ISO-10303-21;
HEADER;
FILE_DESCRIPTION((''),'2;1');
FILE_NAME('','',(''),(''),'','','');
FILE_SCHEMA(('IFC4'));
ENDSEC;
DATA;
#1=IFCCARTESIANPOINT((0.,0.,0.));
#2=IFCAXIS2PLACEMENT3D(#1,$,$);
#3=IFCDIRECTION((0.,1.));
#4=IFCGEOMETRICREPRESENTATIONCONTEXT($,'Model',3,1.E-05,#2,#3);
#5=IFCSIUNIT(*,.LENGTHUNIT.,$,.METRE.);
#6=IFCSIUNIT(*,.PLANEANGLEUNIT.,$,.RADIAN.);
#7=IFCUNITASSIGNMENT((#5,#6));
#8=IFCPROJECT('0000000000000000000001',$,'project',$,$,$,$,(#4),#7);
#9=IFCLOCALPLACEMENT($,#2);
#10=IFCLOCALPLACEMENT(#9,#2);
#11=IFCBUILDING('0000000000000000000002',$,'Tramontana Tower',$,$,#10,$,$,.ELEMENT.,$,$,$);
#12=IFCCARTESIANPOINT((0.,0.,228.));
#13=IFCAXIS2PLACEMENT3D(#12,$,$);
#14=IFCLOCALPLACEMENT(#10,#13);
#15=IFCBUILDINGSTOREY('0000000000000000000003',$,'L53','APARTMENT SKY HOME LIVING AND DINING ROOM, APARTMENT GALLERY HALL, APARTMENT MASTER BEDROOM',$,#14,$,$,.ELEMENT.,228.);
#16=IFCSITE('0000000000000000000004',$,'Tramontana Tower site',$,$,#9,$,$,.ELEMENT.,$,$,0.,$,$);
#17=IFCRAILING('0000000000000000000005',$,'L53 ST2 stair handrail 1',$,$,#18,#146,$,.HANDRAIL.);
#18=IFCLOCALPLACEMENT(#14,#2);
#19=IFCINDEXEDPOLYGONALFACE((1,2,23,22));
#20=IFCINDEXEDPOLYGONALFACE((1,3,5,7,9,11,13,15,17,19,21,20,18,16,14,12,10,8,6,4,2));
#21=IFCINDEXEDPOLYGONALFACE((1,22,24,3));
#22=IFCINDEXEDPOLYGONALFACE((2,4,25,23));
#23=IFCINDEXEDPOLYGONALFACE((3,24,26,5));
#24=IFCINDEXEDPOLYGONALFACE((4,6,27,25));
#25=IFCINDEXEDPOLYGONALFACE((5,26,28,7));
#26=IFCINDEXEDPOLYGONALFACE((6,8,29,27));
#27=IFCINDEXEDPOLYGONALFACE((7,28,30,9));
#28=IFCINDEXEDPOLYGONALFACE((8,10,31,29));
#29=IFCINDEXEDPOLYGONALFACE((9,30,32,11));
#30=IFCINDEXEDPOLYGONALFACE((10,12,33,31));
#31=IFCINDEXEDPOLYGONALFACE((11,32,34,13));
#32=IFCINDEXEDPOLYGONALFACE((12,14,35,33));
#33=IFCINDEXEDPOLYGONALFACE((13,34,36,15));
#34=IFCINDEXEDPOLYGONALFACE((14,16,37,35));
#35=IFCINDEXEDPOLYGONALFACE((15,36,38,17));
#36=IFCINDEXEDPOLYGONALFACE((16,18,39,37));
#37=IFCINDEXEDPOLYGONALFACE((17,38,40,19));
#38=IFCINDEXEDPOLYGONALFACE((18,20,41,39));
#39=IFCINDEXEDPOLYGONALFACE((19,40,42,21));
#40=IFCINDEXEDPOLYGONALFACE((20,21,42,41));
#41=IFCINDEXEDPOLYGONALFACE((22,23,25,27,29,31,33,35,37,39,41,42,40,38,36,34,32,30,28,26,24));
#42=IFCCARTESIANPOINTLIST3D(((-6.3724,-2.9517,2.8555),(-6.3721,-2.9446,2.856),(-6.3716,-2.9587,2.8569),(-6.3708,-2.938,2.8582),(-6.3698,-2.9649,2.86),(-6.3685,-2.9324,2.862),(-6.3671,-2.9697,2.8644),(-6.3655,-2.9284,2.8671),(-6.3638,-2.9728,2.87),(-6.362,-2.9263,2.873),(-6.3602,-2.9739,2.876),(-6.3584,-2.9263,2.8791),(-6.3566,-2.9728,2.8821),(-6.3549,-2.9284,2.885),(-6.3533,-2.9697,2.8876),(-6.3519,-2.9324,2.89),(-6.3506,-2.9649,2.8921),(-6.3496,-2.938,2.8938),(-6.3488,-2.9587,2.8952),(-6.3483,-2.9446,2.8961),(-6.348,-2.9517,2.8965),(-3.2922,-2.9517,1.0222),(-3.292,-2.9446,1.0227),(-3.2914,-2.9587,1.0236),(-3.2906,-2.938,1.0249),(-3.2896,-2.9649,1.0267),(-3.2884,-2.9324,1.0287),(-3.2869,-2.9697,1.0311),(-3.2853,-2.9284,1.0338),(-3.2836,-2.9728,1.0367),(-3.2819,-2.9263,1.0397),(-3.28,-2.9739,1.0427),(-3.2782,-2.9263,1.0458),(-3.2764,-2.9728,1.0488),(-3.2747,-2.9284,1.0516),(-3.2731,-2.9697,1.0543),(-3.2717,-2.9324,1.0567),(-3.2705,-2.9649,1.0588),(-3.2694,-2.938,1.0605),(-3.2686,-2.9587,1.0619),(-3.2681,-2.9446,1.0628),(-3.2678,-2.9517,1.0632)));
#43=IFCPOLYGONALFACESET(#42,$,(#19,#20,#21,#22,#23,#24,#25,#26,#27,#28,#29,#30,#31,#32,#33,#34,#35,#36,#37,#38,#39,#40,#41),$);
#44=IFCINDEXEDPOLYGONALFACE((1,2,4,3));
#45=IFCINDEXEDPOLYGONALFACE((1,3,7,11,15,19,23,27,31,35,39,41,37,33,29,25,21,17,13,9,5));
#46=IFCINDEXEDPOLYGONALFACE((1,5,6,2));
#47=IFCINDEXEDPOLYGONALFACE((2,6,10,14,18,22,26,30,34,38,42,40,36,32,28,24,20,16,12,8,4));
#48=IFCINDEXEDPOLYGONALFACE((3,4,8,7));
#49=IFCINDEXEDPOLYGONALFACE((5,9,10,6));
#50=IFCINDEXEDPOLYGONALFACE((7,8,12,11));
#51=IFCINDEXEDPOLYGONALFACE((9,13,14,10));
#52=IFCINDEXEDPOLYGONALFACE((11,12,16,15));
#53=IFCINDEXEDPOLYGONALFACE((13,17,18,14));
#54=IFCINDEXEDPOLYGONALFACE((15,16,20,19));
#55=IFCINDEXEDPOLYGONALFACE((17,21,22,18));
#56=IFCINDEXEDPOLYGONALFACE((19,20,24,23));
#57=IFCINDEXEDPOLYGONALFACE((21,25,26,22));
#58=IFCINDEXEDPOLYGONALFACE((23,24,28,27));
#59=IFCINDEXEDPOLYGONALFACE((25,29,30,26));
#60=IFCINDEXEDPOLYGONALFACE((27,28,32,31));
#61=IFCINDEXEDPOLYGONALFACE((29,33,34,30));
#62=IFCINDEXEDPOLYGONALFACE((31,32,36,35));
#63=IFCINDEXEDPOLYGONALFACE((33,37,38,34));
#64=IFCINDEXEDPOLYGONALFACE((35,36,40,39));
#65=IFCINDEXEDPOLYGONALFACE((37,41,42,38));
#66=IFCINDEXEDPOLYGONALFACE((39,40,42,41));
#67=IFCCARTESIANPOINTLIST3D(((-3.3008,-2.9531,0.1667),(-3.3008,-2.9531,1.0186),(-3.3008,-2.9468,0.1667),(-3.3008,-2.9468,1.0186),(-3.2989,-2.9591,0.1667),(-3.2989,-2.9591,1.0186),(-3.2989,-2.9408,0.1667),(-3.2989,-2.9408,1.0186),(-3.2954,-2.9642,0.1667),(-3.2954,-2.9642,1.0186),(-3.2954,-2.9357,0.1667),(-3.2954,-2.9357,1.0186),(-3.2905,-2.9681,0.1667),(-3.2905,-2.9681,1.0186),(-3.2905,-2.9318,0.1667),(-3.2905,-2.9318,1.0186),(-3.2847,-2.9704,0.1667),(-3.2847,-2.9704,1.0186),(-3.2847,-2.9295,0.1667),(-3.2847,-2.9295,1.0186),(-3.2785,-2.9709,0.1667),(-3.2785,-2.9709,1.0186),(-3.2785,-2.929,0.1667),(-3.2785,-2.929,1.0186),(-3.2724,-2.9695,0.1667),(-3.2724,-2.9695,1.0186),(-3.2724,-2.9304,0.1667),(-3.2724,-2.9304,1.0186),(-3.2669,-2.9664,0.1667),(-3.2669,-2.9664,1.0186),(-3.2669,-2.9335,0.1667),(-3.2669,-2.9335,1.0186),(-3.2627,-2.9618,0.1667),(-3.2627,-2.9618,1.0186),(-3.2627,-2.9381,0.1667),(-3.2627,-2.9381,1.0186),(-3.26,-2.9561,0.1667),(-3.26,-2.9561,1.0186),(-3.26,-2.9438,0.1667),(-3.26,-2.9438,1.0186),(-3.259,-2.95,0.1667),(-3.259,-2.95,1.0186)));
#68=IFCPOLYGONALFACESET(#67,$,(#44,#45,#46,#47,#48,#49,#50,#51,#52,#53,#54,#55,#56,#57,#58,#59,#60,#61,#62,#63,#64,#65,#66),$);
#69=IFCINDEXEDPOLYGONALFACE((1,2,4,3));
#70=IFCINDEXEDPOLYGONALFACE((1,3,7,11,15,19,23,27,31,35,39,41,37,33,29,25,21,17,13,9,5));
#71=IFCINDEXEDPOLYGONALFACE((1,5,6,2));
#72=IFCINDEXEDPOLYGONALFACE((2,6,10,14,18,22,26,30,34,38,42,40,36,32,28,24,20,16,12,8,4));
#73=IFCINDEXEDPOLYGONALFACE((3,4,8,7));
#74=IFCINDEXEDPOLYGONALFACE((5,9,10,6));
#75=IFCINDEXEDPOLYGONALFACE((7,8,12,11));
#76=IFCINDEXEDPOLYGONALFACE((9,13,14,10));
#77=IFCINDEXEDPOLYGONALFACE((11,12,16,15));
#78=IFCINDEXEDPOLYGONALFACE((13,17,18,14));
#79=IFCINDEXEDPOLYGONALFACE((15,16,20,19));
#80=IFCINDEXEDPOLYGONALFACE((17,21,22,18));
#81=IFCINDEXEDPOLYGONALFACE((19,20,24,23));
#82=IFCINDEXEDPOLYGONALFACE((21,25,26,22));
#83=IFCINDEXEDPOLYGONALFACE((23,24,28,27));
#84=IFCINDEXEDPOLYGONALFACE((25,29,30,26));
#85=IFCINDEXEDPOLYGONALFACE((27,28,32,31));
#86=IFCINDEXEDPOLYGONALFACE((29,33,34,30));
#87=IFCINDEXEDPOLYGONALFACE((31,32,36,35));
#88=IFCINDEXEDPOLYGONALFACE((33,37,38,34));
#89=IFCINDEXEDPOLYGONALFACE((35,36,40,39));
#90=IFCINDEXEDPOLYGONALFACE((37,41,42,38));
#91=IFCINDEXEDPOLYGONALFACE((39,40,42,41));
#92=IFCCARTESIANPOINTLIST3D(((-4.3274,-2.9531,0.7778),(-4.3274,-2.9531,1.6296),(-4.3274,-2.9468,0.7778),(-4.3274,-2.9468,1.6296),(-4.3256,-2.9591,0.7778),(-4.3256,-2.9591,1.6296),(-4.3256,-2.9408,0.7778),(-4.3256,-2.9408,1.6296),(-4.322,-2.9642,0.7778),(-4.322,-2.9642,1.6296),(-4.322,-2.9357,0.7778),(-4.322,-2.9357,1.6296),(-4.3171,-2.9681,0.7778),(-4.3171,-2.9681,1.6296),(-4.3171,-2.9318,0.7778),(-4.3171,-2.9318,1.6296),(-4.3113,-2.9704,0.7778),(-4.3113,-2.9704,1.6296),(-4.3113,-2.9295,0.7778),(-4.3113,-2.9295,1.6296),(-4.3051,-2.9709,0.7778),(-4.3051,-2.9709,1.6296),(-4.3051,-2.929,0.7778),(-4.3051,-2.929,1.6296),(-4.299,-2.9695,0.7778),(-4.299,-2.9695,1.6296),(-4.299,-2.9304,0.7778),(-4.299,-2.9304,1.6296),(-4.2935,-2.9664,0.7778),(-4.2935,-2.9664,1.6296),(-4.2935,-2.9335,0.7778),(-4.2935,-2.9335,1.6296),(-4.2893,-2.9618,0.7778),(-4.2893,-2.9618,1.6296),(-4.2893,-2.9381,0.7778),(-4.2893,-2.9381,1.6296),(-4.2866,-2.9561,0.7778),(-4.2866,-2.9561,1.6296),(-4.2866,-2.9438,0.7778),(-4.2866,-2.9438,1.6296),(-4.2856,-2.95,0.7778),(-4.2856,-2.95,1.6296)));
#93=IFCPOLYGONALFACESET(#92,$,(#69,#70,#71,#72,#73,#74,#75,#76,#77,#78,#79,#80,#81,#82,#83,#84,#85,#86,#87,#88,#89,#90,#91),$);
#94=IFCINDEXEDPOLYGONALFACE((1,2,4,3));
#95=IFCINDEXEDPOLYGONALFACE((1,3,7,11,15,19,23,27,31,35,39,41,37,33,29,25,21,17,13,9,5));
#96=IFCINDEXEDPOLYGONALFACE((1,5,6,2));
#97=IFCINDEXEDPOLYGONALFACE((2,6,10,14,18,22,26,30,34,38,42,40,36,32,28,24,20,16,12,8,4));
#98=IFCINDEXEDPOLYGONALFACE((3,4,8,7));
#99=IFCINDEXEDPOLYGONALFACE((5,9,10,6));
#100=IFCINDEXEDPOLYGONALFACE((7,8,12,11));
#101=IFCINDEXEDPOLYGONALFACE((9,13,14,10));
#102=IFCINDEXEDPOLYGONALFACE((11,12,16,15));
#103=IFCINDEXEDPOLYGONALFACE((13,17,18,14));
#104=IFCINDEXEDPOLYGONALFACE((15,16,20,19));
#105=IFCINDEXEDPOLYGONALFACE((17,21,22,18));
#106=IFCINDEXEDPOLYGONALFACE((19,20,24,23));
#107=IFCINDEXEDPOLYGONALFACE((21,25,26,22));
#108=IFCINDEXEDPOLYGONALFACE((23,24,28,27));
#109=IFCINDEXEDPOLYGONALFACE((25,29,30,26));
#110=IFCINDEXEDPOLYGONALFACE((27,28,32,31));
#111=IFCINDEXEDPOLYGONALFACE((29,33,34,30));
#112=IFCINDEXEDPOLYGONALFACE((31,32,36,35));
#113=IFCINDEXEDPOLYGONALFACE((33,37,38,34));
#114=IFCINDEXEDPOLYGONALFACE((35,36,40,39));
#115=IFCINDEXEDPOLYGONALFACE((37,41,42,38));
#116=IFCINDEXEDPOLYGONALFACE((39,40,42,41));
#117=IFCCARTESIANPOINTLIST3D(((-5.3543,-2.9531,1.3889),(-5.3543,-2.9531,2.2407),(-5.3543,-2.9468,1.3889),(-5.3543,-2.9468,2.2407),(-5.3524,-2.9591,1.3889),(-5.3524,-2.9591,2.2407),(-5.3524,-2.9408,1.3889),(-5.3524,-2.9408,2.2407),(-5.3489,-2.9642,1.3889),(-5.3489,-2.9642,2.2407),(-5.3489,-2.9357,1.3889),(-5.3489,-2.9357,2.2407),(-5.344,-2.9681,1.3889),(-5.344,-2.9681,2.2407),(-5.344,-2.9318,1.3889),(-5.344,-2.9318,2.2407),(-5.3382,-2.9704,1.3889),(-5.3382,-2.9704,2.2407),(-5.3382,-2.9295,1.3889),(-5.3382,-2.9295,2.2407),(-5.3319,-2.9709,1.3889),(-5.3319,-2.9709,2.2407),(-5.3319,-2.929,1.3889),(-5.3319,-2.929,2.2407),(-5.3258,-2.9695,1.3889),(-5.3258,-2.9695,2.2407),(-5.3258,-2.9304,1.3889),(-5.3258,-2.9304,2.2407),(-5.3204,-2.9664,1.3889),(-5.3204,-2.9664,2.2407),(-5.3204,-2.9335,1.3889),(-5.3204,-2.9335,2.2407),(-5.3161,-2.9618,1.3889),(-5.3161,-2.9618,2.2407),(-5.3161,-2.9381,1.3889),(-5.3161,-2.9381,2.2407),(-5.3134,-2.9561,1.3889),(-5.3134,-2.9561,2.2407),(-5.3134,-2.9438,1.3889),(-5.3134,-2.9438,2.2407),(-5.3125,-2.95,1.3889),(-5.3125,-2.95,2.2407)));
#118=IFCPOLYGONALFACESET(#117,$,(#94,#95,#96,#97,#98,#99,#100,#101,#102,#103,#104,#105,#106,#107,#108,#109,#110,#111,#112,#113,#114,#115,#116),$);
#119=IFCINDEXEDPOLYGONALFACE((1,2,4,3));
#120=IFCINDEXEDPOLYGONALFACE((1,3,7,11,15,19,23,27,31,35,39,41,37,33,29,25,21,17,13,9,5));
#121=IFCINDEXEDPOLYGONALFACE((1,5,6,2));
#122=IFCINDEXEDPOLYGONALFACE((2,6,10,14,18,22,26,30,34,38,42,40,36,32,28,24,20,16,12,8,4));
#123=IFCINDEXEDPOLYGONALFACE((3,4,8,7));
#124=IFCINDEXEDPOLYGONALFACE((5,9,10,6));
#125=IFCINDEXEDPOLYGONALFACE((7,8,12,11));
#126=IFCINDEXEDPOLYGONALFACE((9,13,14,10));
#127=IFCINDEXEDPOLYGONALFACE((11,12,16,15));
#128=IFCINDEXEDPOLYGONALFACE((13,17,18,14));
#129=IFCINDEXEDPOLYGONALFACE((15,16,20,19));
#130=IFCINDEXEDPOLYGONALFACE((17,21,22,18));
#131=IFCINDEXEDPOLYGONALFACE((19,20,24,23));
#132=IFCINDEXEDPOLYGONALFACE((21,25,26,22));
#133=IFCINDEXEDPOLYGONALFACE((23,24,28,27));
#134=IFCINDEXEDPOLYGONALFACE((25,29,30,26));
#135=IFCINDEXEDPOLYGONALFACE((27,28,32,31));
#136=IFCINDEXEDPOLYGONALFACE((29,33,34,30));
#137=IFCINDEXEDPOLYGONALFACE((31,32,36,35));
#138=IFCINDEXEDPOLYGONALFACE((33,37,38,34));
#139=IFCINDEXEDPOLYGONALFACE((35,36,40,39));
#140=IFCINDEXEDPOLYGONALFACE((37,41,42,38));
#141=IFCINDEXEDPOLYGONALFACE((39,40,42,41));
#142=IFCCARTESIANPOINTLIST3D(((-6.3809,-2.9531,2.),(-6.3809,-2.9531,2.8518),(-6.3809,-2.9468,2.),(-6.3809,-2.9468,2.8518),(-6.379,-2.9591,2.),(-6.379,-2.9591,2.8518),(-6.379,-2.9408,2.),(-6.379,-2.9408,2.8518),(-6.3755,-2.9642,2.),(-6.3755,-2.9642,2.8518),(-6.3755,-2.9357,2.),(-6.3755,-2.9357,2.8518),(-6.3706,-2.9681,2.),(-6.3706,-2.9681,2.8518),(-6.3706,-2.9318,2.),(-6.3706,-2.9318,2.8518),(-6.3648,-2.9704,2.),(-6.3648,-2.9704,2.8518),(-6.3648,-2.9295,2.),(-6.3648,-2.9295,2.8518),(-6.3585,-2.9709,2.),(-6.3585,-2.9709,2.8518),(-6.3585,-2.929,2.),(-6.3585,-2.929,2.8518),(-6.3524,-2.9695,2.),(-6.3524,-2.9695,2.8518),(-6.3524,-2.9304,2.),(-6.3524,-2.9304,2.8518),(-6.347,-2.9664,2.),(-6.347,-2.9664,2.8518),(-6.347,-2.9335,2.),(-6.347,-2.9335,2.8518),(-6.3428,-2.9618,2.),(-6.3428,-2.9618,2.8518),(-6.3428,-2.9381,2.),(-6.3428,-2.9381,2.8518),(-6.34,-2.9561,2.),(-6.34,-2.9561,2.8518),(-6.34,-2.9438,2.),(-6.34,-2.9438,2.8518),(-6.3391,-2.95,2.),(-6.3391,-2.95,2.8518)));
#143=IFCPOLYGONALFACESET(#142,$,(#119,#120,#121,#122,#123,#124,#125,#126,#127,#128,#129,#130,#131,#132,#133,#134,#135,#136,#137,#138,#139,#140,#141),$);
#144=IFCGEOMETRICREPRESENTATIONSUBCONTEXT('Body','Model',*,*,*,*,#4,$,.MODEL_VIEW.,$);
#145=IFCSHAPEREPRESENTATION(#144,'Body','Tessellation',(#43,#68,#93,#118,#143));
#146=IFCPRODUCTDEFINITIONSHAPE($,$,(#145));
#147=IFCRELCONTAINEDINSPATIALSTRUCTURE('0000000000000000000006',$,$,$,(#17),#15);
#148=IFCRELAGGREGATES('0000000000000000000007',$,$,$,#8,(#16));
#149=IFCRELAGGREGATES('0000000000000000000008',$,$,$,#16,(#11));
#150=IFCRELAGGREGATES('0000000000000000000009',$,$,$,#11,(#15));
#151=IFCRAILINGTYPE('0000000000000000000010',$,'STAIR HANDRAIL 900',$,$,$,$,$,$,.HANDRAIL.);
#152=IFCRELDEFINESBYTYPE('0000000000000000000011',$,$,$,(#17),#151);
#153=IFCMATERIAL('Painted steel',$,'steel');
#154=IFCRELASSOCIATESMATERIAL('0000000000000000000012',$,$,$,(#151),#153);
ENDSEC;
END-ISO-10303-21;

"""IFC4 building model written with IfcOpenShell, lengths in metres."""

from ifc_helpers import new_model, si_unit, direction, frame, origin, origin_2d, place, context, subcontext, project, spatial, circle, extrude, material, type_object, element, save


model = new_model("IFC4")

# Units and contexts
model_context = context("Model", 3, precision=1e-05, world=origin(), true_north=direction((0.0, 1.0)))
body_context = subcontext(model_context, "Body", "Model", "MODEL_VIEW")
ifc_project = project(units=[si_unit("LENGTHUNIT", "METRE"), si_unit("PLANEANGLEUNIT", "RADIAN")], contexts=[model_context])

# Site, building, storey
site_placement = place(None, origin())
site = spatial("IfcSite", under=ifc_project, at=site_placement, Name="Tramontana Tower site", CompositionType="ELEMENT", RefElevation=0.0)
building_placement = place(site_placement, origin())
building = spatial("IfcBuilding", under=site, at=building_placement, Name="Tramontana Tower", CompositionType="ELEMENT")
storey_placement = place(building_placement, frame((0.0, 0.0, 228.0)))
storey = spatial("IfcBuildingStorey", under=building, at=storey_placement, Name="L53", Description="APARTMENT SKY HOME LIVING AND DINING ROOM, APARTMENT GALLERY HALL, APARTMENT MASTER BEDROOM", CompositionType="ELEMENT", Elevation=228.0)

# Railing
ifc_material_1 = material(Name="Painted steel", Category="steel")
railing_type_1 = type_object("IfcRailingType", Name="STAIR HANDRAIL 900", PredefinedType="HANDRAIL", material=ifc_material_1)
railing_1_placement = place(storey_placement, frame((-3.28, -2.95, 0.1667)))
element("IfcRailing", 1, at=railing_1_placement, inside=storey, type_object=railing_type_1, Name="L53 ST2 stair handrail 1", PredefinedType="HANDRAIL", context=body_context, shape_type="SweptSolid", body=[
    extrude(circle(Radius=0.0239, at=origin_2d()), frame((0.0, 0.0, 0.876), z_axis=(-0.859309, 0.0, 0.511458), x_axis=(0.0, -1.0, 0.0)), (0.0, 0.0, 1.0), 3.5845),
    extrude(circle(Radius=0.021, at=origin_2d()), origin(), (0.0, 0.0, 1.0), 0.8518),
    extrude(circle(Radius=0.021, at=origin_2d()), frame((-1.0266, 0.0, 0.6111)), (0.0, 0.0, 1.0), 0.8518),
    extrude(circle(Radius=0.021, at=origin_2d()), frame((-2.0535, 0.0, 1.2222)), (0.0, 0.0, 1.0), 0.8518),
    extrude(circle(Radius=0.021, at=origin_2d()), frame((-3.0801, 0.0, 1.8333)), (0.0, 0.0, 1.0), 0.8518),
])

save(model, "model.ifc")
